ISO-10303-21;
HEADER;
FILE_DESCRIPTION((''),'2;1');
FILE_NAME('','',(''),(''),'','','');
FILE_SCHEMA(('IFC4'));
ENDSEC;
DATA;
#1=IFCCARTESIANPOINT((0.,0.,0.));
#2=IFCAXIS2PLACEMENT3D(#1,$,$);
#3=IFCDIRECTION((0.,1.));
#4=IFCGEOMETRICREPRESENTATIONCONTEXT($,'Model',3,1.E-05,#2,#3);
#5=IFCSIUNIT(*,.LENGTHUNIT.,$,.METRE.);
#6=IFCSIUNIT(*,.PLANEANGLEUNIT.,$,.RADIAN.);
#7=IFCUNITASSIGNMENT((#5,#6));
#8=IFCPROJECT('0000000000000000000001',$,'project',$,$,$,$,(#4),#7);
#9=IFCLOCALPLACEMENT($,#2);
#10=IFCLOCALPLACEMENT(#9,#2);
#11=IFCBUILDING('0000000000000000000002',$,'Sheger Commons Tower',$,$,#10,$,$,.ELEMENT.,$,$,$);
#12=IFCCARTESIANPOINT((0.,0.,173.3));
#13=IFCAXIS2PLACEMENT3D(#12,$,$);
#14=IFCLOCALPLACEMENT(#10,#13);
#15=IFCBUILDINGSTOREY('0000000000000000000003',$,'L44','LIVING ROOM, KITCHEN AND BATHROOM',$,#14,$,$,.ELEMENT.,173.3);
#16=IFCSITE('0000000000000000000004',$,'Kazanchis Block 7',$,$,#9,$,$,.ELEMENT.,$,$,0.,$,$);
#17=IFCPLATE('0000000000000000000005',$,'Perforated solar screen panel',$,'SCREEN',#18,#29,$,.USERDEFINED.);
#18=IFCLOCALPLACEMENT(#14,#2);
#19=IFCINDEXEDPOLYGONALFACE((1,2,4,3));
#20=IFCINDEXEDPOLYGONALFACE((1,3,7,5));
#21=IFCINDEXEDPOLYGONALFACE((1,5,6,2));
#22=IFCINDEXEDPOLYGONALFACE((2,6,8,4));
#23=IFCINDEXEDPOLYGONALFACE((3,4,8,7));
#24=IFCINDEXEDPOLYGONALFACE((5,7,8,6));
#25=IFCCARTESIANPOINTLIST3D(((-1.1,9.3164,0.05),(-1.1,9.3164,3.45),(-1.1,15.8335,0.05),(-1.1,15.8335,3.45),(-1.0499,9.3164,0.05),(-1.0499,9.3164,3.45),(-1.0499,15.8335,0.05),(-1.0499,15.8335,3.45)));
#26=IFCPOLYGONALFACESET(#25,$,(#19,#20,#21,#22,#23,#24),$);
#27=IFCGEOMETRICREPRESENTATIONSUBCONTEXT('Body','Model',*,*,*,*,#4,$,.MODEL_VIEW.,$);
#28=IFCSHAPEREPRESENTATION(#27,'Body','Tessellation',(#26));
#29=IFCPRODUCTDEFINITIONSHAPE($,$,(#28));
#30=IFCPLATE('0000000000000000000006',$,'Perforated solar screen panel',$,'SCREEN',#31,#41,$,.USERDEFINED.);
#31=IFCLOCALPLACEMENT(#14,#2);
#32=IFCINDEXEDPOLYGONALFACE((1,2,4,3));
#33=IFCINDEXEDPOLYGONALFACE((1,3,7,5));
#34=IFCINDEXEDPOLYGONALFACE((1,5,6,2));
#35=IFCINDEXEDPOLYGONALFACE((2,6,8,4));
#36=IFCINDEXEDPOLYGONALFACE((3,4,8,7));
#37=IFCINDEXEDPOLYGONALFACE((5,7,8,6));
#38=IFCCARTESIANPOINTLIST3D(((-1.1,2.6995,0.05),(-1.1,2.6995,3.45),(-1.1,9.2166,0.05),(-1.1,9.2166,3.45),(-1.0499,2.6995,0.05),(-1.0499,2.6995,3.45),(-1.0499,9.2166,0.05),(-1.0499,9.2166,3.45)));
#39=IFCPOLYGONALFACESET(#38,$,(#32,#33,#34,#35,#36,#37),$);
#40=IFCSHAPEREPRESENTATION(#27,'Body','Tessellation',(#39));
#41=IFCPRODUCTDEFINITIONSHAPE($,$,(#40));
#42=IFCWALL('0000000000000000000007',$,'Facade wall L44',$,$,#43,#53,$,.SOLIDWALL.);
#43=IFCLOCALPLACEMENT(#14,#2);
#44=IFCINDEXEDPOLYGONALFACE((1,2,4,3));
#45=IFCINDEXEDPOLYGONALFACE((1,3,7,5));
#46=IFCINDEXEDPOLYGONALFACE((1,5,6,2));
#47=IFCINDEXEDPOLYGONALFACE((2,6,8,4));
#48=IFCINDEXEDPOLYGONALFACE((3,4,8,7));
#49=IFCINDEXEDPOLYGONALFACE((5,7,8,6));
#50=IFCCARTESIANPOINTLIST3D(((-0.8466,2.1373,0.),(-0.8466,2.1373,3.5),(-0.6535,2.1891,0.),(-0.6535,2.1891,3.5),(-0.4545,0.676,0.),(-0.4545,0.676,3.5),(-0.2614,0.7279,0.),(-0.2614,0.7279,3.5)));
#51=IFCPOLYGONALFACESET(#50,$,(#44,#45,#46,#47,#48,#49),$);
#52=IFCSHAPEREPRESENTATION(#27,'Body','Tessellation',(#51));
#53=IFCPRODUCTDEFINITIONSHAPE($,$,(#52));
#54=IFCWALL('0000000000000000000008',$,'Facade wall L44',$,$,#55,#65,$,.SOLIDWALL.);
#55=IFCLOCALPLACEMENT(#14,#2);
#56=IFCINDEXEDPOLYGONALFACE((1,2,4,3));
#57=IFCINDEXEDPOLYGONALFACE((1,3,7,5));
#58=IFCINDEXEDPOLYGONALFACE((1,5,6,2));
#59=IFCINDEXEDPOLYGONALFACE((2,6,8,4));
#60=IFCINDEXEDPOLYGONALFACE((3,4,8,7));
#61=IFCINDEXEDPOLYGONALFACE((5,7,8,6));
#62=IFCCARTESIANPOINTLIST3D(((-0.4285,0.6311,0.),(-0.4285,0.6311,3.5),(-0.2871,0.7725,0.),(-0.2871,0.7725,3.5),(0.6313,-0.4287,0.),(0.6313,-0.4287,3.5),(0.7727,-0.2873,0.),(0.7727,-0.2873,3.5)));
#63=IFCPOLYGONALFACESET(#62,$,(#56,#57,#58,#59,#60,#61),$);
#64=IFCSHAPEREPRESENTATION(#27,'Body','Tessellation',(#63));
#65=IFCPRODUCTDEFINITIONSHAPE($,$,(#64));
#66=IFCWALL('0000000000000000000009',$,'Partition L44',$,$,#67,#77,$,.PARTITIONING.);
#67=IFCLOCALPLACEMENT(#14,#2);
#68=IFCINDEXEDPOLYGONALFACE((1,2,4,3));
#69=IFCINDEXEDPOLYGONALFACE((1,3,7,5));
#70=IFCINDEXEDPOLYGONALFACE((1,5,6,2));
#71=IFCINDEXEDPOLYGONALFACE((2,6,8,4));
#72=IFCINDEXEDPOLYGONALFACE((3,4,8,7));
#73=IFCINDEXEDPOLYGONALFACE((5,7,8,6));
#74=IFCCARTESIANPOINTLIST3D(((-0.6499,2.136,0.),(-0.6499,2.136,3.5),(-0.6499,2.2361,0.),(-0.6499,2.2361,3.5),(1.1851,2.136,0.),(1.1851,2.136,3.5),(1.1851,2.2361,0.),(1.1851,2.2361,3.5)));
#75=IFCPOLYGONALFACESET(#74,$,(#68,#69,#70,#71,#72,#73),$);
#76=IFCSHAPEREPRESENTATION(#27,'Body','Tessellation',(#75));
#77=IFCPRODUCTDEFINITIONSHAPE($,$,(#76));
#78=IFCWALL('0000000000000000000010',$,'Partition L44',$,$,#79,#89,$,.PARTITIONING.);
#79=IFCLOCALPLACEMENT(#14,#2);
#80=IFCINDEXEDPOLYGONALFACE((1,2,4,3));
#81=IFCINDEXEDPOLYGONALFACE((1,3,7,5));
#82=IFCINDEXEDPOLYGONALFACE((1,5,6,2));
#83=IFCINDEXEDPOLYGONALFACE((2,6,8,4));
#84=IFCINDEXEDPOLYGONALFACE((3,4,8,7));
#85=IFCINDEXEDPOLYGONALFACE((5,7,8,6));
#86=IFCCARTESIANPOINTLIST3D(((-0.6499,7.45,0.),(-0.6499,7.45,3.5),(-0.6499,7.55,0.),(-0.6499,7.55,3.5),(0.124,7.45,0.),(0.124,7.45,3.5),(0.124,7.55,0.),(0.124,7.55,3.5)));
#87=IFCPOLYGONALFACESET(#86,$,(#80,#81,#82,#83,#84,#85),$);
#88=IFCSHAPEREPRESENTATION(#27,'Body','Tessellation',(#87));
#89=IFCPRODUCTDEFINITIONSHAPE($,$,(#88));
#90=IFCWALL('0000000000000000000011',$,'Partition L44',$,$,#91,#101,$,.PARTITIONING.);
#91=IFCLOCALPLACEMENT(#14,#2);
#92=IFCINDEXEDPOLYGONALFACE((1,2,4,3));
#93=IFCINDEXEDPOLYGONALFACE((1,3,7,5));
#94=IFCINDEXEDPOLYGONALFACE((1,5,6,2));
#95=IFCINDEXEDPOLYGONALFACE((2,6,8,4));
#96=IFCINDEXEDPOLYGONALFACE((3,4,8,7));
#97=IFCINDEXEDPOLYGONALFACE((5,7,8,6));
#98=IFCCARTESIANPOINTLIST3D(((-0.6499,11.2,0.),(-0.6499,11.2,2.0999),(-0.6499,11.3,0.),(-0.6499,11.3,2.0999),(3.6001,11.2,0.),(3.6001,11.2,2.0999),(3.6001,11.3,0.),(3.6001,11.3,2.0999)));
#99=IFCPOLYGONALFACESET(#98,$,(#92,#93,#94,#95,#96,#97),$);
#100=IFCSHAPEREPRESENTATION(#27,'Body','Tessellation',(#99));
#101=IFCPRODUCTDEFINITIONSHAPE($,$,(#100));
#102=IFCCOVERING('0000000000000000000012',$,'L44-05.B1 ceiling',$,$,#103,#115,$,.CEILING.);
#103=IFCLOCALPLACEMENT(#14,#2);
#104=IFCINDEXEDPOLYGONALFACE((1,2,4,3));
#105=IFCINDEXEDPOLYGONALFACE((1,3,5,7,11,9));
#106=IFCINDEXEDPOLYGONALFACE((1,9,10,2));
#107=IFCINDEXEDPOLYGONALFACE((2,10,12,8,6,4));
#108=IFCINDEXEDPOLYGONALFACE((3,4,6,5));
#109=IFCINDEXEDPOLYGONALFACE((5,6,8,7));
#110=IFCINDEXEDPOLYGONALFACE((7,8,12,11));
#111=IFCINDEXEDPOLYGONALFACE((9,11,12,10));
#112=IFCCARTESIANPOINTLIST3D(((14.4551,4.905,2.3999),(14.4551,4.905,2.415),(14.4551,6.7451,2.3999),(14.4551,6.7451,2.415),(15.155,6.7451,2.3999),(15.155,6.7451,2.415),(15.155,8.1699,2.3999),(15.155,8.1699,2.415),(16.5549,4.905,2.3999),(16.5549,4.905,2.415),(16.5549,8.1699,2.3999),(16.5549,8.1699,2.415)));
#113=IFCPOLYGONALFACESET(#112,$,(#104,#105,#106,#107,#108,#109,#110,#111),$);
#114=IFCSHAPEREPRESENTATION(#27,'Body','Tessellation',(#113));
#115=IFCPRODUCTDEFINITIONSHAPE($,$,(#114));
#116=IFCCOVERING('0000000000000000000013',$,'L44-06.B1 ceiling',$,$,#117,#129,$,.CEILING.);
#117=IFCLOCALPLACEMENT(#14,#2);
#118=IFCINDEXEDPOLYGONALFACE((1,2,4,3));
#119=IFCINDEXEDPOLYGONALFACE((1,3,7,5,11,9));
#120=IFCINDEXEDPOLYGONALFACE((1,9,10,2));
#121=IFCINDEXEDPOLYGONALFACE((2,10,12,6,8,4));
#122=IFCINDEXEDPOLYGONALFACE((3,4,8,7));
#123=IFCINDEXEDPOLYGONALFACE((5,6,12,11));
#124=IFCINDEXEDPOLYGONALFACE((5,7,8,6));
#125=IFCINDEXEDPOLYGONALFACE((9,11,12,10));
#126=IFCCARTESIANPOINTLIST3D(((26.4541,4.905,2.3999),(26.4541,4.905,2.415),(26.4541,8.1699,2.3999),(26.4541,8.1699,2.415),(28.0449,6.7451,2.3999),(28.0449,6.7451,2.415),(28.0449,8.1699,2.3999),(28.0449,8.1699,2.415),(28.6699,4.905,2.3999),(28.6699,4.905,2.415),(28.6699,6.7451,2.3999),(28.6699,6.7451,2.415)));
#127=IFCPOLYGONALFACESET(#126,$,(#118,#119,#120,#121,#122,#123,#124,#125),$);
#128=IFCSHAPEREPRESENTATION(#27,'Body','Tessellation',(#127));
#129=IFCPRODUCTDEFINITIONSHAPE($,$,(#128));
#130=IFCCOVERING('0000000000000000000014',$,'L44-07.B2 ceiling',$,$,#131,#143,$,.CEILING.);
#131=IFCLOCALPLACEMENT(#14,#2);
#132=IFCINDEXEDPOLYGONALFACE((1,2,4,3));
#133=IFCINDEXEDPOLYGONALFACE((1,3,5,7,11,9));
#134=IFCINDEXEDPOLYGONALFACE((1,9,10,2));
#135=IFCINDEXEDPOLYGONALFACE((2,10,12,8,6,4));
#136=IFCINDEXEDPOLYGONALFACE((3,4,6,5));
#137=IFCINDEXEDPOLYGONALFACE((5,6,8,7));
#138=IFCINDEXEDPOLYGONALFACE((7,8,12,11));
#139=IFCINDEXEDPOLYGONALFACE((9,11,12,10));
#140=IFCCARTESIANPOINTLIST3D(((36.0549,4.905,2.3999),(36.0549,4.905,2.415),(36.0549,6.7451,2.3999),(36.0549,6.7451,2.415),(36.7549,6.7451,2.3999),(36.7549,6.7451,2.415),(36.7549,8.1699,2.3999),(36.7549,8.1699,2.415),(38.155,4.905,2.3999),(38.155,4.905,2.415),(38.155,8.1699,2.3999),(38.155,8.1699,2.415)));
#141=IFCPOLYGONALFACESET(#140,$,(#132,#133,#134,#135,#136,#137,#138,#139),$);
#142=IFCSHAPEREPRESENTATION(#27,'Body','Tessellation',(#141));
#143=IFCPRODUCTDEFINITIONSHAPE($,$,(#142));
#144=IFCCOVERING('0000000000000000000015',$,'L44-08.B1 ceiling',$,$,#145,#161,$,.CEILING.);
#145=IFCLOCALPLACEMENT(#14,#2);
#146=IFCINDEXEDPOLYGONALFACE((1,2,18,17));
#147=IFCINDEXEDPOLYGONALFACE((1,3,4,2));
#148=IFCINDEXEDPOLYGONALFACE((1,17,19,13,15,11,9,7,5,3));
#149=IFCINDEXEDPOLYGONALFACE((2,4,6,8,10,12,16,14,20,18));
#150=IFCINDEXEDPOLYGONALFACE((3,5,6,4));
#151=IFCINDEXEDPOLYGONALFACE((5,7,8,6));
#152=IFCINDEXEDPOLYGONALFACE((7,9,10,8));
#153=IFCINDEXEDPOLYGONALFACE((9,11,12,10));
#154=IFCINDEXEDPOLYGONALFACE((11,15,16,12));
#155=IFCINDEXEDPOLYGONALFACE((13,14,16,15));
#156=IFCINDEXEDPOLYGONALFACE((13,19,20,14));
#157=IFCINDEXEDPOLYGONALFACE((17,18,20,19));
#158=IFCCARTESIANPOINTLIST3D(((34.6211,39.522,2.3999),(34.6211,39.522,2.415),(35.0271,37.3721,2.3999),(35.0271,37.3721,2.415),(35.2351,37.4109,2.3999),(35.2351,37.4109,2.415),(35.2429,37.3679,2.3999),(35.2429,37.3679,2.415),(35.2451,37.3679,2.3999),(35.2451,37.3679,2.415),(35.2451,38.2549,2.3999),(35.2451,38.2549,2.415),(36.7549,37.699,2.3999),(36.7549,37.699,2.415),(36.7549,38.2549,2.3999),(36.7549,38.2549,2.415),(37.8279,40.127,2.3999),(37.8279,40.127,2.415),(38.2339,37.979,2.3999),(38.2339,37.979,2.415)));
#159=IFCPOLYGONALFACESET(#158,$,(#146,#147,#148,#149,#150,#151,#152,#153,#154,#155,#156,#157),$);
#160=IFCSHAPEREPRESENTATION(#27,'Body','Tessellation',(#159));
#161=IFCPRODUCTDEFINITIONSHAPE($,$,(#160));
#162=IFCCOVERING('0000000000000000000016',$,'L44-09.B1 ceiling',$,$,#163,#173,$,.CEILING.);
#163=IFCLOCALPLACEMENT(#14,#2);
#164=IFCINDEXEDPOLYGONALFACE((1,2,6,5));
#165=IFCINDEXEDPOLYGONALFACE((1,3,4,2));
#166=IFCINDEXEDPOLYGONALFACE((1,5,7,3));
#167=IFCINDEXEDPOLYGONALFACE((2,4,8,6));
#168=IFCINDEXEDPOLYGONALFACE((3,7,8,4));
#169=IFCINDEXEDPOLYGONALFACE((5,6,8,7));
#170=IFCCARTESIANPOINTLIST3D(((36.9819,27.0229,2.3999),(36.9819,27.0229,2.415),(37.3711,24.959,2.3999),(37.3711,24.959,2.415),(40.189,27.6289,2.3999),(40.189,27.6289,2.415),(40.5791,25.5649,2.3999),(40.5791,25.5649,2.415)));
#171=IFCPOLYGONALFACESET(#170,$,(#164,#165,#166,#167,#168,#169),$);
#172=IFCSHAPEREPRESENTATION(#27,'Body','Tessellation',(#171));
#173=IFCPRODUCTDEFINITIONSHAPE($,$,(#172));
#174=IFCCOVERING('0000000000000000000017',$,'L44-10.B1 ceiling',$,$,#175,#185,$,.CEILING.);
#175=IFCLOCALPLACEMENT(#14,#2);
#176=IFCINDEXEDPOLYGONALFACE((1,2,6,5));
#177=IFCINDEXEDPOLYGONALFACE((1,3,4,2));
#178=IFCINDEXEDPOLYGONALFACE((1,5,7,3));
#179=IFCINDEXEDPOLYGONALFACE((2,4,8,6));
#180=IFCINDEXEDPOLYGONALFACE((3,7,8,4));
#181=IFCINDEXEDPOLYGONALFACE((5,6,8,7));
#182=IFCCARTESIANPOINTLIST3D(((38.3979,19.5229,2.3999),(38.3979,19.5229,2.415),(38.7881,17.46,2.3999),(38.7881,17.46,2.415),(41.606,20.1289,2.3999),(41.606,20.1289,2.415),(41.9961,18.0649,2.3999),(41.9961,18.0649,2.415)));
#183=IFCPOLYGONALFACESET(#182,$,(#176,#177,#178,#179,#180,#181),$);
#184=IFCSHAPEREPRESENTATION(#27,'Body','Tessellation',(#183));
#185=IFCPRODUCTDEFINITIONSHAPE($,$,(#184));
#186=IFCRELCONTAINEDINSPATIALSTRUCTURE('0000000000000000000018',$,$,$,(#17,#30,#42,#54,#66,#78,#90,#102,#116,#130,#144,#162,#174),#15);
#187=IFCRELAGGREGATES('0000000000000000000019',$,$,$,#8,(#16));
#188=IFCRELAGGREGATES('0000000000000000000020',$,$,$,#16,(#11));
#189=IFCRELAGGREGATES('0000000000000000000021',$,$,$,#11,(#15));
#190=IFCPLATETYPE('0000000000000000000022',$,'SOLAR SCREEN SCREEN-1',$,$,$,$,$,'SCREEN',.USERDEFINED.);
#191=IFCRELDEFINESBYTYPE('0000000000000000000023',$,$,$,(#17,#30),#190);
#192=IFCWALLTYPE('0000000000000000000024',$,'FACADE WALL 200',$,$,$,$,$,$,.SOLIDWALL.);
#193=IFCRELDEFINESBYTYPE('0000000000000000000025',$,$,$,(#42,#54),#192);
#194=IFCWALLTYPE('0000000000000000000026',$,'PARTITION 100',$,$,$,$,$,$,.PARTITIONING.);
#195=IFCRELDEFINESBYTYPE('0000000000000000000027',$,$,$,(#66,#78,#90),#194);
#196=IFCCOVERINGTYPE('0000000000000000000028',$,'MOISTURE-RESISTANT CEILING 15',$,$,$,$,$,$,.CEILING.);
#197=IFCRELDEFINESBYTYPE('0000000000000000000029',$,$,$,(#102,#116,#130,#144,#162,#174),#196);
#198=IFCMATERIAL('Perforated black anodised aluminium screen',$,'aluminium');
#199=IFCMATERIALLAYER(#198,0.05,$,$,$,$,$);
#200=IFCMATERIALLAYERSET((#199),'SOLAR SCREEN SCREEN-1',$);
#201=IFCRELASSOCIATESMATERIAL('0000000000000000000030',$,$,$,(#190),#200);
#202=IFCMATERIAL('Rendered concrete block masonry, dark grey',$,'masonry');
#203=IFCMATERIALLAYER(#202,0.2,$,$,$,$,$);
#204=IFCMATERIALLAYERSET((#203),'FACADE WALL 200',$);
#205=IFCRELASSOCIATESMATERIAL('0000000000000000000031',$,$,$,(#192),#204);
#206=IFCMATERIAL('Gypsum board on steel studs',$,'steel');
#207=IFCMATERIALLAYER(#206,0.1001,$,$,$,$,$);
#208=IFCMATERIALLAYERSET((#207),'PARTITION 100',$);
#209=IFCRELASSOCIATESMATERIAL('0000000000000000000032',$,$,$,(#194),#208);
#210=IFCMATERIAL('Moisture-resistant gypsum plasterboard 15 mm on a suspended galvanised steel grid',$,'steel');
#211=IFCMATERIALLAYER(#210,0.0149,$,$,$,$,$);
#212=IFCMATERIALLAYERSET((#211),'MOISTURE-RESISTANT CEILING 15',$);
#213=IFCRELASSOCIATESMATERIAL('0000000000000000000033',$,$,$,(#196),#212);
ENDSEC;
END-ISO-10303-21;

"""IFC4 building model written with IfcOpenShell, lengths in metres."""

from ifc_helpers import new_model, si_unit, direction, frame, frame_2d, origin, origin_2d, place, context, subcontext, project, spatial, polyline, rectangle, outline, extrude, material, layer, layer_set, type_object, element, save


model = new_model("IFC4")

# Units and contexts
model_context = context("Model", 3, precision=1e-05, world=origin(), true_north=direction((0.0, 1.0)))
body_context = subcontext(model_context, "Body", "Model", "MODEL_VIEW")
ifc_project = project(units=[si_unit("LENGTHUNIT", "METRE"), si_unit("PLANEANGLEUNIT", "RADIAN")], contexts=[model_context])

# Site, building, storey
site_placement = place(None, origin())
site = spatial("IfcSite", under=ifc_project, at=site_placement, Name="Kazanchis Block 7", CompositionType="ELEMENT", RefElevation=0.0)
building_placement = place(site_placement, origin())
building = spatial("IfcBuilding", under=site, at=building_placement, Name="Sheger Commons Tower", CompositionType="ELEMENT")
storey_placement = place(building_placement, frame((0.0, 0.0, 173.3)))
storey = spatial("IfcBuildingStorey", under=building, at=storey_placement, Name="L44", Description="LIVING ROOM, KITCHEN AND BATHROOM", CompositionType="ELEMENT", Elevation=173.3)

# Plates
ifc_material_1 = material(Name="Perforated black anodised aluminium screen", Category="aluminium")
ifc_layer_1 = layer(ifc_material_1, 0.05)
ifc_layer_set_1 = layer_set([ifc_layer_1], Name="SOLAR SCREEN SCREEN-1")
plate_type = type_object("IfcPlateType", Name="SOLAR SCREEN SCREEN-1", ElementType="SCREEN", PredefinedType="USERDEFINED", material=ifc_layer_set_1)
for number, where, z_axis, x_axis, name in (
    (1, (-1.075, 12.575, 0.05), (0.0, 0.0, 1.0), (0.0, -1.0, 0.0), "Perforated solar screen panel"),
    (2, (-1.075, 5.958, 0.05), (0.0, 0.0, 1.0), (0.0, -1.0, 0.0), "Perforated solar screen panel"),
):
    element("IfcPlate", number, at=place(storey_placement, frame(where, z_axis=z_axis, x_axis=x_axis)), inside=storey, type_object=plate_type, Name=name, ObjectType="SCREEN", PredefinedType="USERDEFINED", context=body_context, shape_type="SweptSolid", body=[
        extrude(rectangle(XDim=6.5171, YDim=0.05, at=origin_2d()), origin(), (0.0, 0.0, 1.0), 3.3999),
    ])

# Walls
ifc_material_2 = material(Name="Rendered concrete block masonry, dark grey", Category="masonry")
ifc_layer_2 = layer(ifc_material_2, 0.2)
ifc_layer_set_2 = layer_set([ifc_layer_2], Name="FACADE WALL 200")
wall_type_1 = type_object("IfcWallType", Name="FACADE WALL 200", PredefinedType="SOLIDWALL", material=ifc_layer_set_2)
wall_1_placement = place(storey_placement, frame((-0.75, 2.1631, 0.0), z_axis=(0.0, 0.0, 1.0), x_axis=(0.259169, -0.965832, 0.0)))
element("IfcWall", 3, at=wall_1_placement, inside=storey, type_object=wall_type_1, Name="Facade wall L44", PredefinedType="SOLIDWALL", context=body_context, shape_type="SweptSolid", body=[
    extrude(rectangle(XDim=1.5129, YDim=0.2, at=frame_2d((0.7563, 0.0))), origin(), (0.0, 0.0, 1.0), 3.5),
])
wall_2_placement = place(storey_placement, frame((-0.3579, 0.7019, 0.0), z_axis=(0.0, 0.0, 1.0), x_axis=(0.707107, -0.707107, 0.0)))
element("IfcWall", 4, at=wall_2_placement, inside=storey, type_object=wall_type_1, Name="Facade wall L44", PredefinedType="SOLIDWALL", context=body_context, shape_type="SweptSolid", body=[
    extrude(rectangle(XDim=1.4988, YDim=0.2, at=frame_2d((0.7495, 0.0))), origin(), (0.0, 0.0, 1.0), 3.5),
])
ifc_material_3 = material(Name="Gypsum board on steel studs", Category="steel")
ifc_layer_3 = layer(ifc_material_3, 0.1001)
ifc_layer_set_3 = layer_set([ifc_layer_3], Name="PARTITION 100")
wall_type_2 = type_object("IfcWallType", Name="PARTITION 100", PredefinedType="PARTITIONING", material=ifc_layer_set_3)
wall_3_placement = place(storey_placement, frame((-0.6499, 2.186, 0.0), z_axis=(0.0, 0.0, 1.0), x_axis=(1.0, 0.0, 0.0)))
element("IfcWall", 5, at=wall_3_placement, inside=storey, type_object=wall_type_2, Name="Partition L44", PredefinedType="PARTITIONING", context=body_context, shape_type="SweptSolid", body=[
    extrude(rectangle(XDim=1.835, YDim=0.1001, at=frame_2d((0.9175, 0.0))), origin(), (0.0, 0.0, 1.0), 3.5),
])
wall_4_placement = place(storey_placement, frame((-0.6499, 7.5, 0.0), z_axis=(0.0, 0.0, 1.0), x_axis=(1.0, 0.0, 0.0)))
element("IfcWall", 6, at=wall_4_placement, inside=storey, type_object=wall_type_2, Name="Partition L44", PredefinedType="PARTITIONING", context=body_context, shape_type="SweptSolid", body=[
    extrude(rectangle(XDim=0.7739, YDim=0.1001, at=frame_2d((0.387, 0.0))), origin(), (0.0, 0.0, 1.0), 3.5),
])
wall_5_placement = place(storey_placement, frame((-0.6499, 11.25, 0.0), z_axis=(0.0, 0.0, 1.0), x_axis=(1.0, 0.0, 0.0)))
element("IfcWall", 7, at=wall_5_placement, inside=storey, type_object=wall_type_2, Name="Partition L44", PredefinedType="PARTITIONING", context=body_context, shape_type="SweptSolid", body=[
    extrude(rectangle(XDim=4.25, YDim=0.1001, at=frame_2d((2.125, 0.0))), origin(), (0.0, 0.0, 1.0), 2.0999),
])

# Coverings
ifc_material_4 = material(Name="Moisture-resistant gypsum plasterboard 15 mm on a suspended galvanised steel grid", Category="steel")
ifc_layer_4 = layer(ifc_material_4, 0.0149)
ifc_layer_set_4 = layer_set([ifc_layer_4], Name="MOISTURE-RESISTANT CEILING 15")
covering_type_1 = type_object("IfcCoveringType", Name="MOISTURE-RESISTANT CEILING 15", PredefinedType="CEILING", material=ifc_layer_set_4)
covering_1_placement = place(storey_placement, frame((0.0, 0.0, 2.3999)))
element("IfcCovering", 8, at=covering_1_placement, inside=storey, type_object=covering_type_1, Name="L44-05.B1 ceiling", PredefinedType="CEILING", context=body_context, shape_type="SweptSolid", body=[
    extrude(outline(polyline([(14.4551, 4.905), (16.5549, 4.905), (16.5549, 8.1699), (15.155, 8.1699), (15.155, 6.7451), (14.4551, 6.7451), (14.4551, 4.905)])), origin(), (0.0, 0.0, 1.0), 0.0151),
])
covering_2_placement = place(storey_placement, frame((0.0, 0.0, 2.3999)))
element("IfcCovering", 9, at=covering_2_placement, inside=storey, type_object=covering_type_1, Name="L44-06.B1 ceiling", PredefinedType="CEILING", context=body_context, shape_type="SweptSolid", body=[
    extrude(outline(polyline([(26.4541, 4.905), (28.6699, 4.905), (28.6699, 6.7451), (28.0449, 6.7451), (28.0449, 8.1699), (26.4541, 8.1699), (26.4541, 4.905)])), origin(), (0.0, 0.0, 1.0), 0.0151),
])
covering_3_placement = place(storey_placement, frame((0.0, 0.0, 2.3999)))
element("IfcCovering", 10, at=covering_3_placement, inside=storey, type_object=covering_type_1, Name="L44-07.B2 ceiling", PredefinedType="CEILING", context=body_context, shape_type="SweptSolid", body=[
    extrude(outline(polyline([(36.0549, 4.905), (38.155, 4.905), (38.155, 8.1699), (36.7549, 8.1699), (36.7549, 6.7451), (36.0549, 6.7451), (36.0549, 4.905)])), origin(), (0.0, 0.0, 1.0), 0.0151),
])
covering_4_placement = place(storey_placement, frame((0.0, 0.0, 2.3999)))
element("IfcCovering", 11, at=covering_4_placement, inside=storey, type_object=covering_type_1, Name="L44-08.B1 ceiling", PredefinedType="CEILING", context=body_context, shape_type="SweptSolid", body=[
    extrude(outline(polyline([(35.2429, 37.3679), (35.2451, 37.3679), (35.2451, 38.2549), (36.7549, 38.2549), (36.7549, 37.699), (38.2339, 37.979), (37.8279, 40.127), (34.6211, 39.522), (35.0271, 37.3721), (35.2351, 37.4109), (35.2429, 37.3679)])), origin(), (0.0, 0.0, 1.0), 0.0151),
])
covering_5_placement = place(storey_placement, frame((0.0, 0.0, 2.3999)))
element("IfcCovering", 12, at=covering_5_placement, inside=storey, type_object=covering_type_1, Name="L44-09.B1 ceiling", PredefinedType="CEILING", context=body_context, shape_type="SweptSolid", body=[
    extrude(outline(polyline([(37.3711, 24.959), (40.5791, 25.5649), (40.189, 27.6289), (36.9819, 27.0229), (37.3711, 24.959)])), origin(), (0.0, 0.0, 1.0), 0.0151),
])
covering_6_placement = place(storey_placement, frame((0.0, 0.0, 2.3999)))
element("IfcCovering", 13, at=covering_6_placement, inside=storey, type_object=covering_type_1, Name="L44-10.B1 ceiling", PredefinedType="CEILING", context=body_context, shape_type="SweptSolid", body=[
    extrude(outline(polyline([(38.7881, 17.46), (41.9961, 18.0649), (41.606, 20.1289), (38.3979, 19.5229), (38.7881, 17.46)])), origin(), (0.0, 0.0, 1.0), 0.0151),
])

save(model, "model.ifc")
